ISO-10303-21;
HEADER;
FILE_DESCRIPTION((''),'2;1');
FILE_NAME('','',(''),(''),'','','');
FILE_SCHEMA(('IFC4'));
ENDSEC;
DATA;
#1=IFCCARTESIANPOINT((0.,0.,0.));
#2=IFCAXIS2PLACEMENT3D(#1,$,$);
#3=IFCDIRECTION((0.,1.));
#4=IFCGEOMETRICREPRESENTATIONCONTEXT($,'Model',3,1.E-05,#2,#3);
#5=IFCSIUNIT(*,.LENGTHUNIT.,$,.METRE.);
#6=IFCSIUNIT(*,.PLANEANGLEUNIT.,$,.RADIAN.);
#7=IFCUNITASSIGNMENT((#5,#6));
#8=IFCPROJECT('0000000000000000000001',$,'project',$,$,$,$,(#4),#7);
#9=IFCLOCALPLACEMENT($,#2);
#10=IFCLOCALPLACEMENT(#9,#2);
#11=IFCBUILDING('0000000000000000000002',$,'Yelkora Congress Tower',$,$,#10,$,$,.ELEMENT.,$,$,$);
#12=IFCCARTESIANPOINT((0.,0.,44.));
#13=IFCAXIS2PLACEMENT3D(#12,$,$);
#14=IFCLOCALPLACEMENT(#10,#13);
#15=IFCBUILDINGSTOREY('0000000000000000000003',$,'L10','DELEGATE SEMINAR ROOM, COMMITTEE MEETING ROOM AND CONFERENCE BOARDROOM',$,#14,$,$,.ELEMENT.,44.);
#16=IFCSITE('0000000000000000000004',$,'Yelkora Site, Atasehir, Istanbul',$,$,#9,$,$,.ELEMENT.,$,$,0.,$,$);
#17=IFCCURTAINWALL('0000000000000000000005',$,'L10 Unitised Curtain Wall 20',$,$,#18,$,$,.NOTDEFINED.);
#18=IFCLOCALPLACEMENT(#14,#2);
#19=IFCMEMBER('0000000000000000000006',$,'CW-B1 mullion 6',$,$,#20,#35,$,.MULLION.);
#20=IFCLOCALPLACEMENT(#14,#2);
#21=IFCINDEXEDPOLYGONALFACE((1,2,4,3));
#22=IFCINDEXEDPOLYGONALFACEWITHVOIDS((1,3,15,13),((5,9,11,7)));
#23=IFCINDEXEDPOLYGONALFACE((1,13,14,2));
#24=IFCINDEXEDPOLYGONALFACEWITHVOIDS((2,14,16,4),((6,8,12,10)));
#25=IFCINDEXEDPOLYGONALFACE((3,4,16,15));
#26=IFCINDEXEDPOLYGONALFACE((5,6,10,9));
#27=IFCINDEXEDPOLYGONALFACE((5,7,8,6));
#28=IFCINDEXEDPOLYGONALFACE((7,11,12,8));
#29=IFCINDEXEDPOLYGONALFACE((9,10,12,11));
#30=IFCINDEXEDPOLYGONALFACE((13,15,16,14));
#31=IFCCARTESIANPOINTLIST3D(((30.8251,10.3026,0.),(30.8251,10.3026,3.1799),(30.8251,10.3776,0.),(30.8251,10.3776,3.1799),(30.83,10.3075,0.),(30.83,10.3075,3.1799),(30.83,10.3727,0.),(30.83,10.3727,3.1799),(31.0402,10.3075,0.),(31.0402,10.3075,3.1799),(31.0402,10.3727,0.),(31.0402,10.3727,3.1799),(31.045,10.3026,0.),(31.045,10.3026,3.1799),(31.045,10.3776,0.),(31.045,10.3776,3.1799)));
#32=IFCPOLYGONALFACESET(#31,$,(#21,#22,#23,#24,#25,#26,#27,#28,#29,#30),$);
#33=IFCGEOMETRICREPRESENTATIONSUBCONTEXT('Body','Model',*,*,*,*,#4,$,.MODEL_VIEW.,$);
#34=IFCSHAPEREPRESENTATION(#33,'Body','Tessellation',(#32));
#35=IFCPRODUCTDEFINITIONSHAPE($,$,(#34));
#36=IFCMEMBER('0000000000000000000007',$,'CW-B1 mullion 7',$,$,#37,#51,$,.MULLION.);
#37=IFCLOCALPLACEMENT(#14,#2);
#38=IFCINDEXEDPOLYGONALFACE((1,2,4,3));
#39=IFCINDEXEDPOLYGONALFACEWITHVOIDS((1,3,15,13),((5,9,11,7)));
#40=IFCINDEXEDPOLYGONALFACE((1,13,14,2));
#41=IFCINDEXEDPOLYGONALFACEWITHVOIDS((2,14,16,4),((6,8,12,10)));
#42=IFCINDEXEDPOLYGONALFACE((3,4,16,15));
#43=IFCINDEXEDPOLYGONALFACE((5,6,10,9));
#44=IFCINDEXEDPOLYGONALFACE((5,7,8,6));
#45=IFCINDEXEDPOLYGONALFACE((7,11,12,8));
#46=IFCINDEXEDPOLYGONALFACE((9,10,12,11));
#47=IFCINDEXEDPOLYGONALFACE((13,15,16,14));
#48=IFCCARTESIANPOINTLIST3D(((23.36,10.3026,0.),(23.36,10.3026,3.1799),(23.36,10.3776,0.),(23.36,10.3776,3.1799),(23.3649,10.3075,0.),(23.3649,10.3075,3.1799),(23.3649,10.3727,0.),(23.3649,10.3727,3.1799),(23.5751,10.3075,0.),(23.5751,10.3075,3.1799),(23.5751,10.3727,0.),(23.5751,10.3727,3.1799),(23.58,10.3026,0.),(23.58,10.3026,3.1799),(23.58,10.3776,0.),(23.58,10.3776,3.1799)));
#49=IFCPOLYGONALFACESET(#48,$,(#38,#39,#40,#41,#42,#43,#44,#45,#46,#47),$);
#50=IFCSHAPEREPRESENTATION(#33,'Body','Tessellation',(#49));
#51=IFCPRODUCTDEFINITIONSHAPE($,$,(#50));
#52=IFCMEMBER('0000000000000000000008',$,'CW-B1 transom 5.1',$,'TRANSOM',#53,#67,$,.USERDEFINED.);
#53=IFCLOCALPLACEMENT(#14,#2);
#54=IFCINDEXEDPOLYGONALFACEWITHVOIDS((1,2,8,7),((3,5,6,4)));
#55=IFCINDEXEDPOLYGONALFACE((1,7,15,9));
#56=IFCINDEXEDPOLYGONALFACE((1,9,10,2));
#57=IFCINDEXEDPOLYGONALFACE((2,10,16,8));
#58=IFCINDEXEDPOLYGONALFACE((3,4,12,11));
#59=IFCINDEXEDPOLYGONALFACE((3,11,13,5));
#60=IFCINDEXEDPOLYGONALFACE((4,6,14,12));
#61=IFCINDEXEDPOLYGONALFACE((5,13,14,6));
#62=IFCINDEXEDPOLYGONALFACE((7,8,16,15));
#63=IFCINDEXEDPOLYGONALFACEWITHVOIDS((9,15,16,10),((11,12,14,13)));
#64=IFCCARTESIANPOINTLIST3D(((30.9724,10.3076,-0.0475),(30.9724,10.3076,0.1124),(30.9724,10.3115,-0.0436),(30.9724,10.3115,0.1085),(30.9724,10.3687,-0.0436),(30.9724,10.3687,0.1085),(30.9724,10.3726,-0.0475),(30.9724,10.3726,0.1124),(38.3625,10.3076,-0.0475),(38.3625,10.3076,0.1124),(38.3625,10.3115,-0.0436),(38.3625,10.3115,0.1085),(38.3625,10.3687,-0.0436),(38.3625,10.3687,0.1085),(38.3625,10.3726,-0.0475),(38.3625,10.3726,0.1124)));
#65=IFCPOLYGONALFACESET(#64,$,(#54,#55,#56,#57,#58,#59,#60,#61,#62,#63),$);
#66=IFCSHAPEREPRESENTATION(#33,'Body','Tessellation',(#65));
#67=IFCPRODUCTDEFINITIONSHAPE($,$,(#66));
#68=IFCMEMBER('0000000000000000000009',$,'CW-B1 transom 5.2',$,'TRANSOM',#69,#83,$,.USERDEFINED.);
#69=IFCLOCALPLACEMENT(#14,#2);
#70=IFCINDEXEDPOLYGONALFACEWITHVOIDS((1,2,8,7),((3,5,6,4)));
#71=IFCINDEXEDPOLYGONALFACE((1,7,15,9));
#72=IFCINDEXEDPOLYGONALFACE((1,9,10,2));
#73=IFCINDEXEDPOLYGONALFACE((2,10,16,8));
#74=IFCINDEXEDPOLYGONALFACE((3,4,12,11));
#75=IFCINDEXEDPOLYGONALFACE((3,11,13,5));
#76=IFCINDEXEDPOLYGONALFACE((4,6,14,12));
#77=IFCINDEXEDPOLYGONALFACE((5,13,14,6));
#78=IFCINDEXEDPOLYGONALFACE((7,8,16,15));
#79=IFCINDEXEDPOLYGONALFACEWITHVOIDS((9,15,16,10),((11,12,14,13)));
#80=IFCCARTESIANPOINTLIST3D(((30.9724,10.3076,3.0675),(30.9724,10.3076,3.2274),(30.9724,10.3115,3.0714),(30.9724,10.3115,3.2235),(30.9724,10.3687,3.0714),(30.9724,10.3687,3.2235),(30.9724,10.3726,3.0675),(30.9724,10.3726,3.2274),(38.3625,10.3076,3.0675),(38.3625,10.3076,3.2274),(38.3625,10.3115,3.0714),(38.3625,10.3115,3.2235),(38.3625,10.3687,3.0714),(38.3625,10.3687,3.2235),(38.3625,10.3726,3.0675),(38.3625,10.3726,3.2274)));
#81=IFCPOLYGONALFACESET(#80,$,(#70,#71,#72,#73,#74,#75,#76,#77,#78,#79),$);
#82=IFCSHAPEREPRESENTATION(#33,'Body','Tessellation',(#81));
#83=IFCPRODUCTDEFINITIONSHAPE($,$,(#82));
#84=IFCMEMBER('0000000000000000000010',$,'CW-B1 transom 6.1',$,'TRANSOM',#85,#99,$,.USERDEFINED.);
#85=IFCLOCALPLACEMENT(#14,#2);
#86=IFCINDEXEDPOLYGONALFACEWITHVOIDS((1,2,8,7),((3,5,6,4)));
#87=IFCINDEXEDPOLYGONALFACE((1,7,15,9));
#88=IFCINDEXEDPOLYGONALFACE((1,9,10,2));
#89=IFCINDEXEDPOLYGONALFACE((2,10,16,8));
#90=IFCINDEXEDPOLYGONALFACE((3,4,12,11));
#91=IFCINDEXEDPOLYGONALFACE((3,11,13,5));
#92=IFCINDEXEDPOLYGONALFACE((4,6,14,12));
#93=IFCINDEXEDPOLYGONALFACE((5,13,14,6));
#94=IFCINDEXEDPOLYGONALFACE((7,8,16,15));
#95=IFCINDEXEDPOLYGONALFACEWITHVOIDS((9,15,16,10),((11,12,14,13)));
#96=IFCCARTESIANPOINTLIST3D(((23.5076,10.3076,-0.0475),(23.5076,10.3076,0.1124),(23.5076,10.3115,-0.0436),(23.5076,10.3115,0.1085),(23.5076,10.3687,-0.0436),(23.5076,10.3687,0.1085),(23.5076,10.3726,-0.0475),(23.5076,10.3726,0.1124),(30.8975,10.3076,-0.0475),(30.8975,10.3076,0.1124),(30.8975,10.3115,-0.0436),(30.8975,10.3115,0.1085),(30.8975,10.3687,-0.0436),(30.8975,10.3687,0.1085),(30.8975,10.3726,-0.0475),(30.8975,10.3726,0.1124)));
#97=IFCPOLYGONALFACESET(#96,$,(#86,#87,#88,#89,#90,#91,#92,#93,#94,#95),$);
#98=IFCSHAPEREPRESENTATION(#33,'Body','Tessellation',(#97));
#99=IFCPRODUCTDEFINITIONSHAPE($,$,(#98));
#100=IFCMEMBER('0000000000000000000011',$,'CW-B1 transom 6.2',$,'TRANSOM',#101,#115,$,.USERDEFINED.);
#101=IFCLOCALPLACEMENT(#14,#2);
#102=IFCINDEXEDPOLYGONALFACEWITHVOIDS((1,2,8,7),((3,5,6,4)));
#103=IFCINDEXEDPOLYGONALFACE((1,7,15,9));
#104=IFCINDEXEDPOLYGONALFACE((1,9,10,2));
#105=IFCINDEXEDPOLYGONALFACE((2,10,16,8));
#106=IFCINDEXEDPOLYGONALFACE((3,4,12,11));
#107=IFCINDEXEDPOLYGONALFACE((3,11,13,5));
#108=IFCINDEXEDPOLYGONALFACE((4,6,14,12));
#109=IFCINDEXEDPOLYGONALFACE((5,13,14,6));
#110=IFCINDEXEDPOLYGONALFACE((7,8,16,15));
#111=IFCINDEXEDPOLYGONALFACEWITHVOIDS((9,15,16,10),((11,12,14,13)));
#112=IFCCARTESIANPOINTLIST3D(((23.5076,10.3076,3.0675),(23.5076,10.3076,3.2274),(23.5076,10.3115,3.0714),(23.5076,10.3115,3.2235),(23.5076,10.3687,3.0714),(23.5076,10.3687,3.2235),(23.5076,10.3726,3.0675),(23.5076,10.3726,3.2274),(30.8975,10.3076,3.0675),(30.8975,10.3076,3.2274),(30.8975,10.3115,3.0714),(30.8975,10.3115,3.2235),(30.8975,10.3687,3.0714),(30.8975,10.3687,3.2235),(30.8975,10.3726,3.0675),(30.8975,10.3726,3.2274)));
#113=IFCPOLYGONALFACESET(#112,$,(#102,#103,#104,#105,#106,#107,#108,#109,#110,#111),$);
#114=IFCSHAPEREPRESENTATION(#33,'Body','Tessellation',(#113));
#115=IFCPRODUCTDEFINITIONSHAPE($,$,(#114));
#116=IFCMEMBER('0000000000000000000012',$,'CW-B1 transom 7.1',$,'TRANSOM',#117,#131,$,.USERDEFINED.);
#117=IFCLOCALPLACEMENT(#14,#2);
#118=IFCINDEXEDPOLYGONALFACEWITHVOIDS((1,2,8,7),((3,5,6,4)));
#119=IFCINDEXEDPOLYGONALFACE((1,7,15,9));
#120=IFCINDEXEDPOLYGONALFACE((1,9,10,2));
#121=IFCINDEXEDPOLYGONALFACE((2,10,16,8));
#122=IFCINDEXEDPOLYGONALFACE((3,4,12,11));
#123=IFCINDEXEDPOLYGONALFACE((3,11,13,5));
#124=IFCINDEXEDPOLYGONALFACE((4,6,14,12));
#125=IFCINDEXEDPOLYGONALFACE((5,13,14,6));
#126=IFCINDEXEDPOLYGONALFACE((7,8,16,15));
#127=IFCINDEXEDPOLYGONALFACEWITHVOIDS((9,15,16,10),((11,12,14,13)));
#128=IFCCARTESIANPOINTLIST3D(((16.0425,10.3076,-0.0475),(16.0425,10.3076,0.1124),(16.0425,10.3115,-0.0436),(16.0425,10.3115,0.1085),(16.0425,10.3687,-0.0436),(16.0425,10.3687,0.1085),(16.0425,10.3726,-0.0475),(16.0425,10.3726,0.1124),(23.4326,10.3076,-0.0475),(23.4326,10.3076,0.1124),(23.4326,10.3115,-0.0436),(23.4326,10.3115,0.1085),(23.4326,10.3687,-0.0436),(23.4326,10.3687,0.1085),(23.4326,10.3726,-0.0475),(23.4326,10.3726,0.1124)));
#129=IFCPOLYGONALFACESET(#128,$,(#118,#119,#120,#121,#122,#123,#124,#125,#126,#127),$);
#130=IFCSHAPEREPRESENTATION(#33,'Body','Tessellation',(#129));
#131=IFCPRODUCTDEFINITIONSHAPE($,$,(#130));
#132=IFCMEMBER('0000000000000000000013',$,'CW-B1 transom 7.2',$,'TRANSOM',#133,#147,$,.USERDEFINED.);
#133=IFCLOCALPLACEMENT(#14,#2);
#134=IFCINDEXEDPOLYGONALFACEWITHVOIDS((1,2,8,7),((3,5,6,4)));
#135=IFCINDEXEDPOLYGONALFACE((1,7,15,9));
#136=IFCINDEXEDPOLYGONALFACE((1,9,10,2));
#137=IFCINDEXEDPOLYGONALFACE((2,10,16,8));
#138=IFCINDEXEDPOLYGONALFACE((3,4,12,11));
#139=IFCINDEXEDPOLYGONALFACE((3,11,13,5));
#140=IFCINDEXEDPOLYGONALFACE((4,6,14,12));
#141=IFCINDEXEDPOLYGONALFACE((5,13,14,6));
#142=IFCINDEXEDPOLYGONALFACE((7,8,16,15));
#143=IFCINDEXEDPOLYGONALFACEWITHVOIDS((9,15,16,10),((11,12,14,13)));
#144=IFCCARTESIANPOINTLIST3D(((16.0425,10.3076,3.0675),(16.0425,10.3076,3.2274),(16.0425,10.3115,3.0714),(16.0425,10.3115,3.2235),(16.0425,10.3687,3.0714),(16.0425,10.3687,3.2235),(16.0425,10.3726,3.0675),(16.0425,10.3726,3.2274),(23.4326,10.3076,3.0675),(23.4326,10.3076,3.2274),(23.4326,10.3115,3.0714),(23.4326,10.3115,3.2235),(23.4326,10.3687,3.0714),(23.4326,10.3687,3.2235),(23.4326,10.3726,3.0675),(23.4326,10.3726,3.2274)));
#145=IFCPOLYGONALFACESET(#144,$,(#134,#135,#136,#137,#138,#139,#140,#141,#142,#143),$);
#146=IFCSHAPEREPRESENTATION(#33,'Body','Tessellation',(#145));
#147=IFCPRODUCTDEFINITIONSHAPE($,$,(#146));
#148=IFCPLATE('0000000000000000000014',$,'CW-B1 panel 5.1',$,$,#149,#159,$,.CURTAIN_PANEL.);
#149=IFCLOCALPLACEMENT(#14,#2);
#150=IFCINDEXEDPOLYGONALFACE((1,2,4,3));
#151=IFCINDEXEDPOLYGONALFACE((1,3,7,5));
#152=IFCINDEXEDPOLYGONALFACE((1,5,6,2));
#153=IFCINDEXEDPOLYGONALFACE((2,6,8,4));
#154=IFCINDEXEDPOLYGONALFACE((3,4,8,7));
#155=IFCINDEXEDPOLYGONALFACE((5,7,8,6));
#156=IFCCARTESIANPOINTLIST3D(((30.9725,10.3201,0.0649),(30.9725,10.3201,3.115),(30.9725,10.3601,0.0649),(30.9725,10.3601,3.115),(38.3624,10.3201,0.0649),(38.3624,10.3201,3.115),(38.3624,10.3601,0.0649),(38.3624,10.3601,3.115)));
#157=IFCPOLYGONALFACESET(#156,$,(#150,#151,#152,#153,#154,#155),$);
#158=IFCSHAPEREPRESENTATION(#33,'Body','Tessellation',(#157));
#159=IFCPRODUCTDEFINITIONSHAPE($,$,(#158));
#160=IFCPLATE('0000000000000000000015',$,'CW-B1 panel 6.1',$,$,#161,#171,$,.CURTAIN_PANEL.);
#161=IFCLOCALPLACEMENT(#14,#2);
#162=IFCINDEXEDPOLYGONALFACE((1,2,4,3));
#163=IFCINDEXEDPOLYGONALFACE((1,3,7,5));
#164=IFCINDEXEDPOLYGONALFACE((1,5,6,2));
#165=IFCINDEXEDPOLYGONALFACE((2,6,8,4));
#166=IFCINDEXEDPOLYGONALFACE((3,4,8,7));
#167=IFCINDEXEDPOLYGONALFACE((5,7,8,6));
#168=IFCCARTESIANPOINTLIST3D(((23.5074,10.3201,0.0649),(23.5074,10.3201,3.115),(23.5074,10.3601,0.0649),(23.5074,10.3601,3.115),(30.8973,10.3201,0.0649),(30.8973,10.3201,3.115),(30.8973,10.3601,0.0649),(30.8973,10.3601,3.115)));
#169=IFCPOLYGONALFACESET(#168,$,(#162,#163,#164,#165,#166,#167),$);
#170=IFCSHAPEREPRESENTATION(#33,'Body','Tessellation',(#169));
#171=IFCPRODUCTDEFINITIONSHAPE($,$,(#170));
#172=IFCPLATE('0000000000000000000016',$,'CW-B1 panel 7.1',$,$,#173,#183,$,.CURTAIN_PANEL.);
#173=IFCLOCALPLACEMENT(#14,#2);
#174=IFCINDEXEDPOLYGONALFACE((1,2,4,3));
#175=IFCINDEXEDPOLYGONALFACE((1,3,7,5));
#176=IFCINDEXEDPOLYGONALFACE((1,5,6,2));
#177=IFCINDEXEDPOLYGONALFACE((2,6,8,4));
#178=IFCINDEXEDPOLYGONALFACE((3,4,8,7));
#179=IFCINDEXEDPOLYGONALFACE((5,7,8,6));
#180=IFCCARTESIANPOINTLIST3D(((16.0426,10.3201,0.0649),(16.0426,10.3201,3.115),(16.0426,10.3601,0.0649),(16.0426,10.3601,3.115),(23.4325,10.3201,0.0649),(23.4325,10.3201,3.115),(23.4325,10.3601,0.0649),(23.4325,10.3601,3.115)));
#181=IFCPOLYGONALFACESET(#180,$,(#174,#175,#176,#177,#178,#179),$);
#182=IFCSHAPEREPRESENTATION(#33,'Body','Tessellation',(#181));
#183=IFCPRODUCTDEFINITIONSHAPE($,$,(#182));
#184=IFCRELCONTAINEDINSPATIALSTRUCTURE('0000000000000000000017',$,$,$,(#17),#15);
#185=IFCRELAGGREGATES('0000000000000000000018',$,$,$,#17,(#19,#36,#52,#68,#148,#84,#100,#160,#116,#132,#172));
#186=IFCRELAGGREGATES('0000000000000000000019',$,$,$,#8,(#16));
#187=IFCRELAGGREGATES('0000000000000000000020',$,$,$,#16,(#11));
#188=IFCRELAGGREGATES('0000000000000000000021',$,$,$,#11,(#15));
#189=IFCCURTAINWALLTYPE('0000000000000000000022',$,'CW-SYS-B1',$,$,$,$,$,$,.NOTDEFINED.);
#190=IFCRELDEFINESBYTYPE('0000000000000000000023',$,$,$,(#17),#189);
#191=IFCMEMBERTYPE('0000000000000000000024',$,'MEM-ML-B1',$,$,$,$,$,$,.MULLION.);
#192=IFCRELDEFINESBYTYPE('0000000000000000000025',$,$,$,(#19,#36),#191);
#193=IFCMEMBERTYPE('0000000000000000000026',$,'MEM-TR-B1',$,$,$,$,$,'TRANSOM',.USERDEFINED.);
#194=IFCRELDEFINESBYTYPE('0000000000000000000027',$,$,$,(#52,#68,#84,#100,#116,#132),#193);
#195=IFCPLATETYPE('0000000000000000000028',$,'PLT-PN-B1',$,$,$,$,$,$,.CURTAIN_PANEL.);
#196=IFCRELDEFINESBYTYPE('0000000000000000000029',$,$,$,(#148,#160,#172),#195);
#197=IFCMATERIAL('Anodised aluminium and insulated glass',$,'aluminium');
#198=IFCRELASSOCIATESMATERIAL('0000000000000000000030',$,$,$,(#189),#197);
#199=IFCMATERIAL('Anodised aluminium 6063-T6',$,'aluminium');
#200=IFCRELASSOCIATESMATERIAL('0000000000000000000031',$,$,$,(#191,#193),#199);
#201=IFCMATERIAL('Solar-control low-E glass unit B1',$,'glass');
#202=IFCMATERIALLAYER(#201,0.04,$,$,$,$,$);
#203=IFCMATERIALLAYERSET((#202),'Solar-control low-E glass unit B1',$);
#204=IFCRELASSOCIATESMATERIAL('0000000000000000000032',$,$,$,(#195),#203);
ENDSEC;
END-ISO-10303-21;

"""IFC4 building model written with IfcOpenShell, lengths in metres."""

from ifc_helpers import new_model, si_unit, direction, frame, origin, origin_2d, place, context, subcontext, project, spatial, rectangle, hollow_rectangle, extrude, material, layer, layer_set, material_profile, profile_set, type_object, element, aggregate, save


model = new_model("IFC4")

# Units and contexts
model_context = context("Model", 3, precision=1e-05, world=origin(), true_north=direction((0.0, 1.0)))
body_context = subcontext(model_context, "Body", "Model", "MODEL_VIEW")
ifc_project = project(units=[si_unit("LENGTHUNIT", "METRE"), si_unit("PLANEANGLEUNIT", "RADIAN")], contexts=[model_context])

# Site, building, storey
site_placement = place(None, origin())
site = spatial("IfcSite", under=ifc_project, at=site_placement, Name="Yelkora Site, Atasehir, Istanbul", CompositionType="ELEMENT", RefElevation=0.0)
building_placement = place(site_placement, origin())
building = spatial("IfcBuilding", under=site, at=building_placement, Name="Yelkora Congress Tower", CompositionType="ELEMENT")
storey_placement = place(building_placement, frame((0.0, 0.0, 44.0)))
storey = spatial("IfcBuildingStorey", under=building, at=storey_placement, Name="L10", Description="DELEGATE SEMINAR ROOM, COMMITTEE MEETING ROOM AND CONFERENCE BOARDROOM", CompositionType="ELEMENT", Elevation=44.0)

# Curtain wall, members, plates
ifc_material_1 = material(Name="Anodised aluminium and insulated glass", Category="aluminium")
curtain_wall_type = type_object("IfcCurtainWallType", Name="CW-SYS-B1", PredefinedType="NOTDEFINED", material=ifc_material_1)
curtain_wall_placement = place(storey_placement, origin())
curtain_wall = element("IfcCurtainWall", 1, at=curtain_wall_placement, inside=storey, type_object=curtain_wall_type, Name="L10 Unitised Curtain Wall 20", PredefinedType="NOTDEFINED")
ifc_material_2 = material(Name="Anodised aluminium 6063-T6", Category="aluminium")
ifc_material_profile_1 = material_profile(ifc_material_2, hollow_rectangle(XDim=0.075, YDim=0.22, WallThickness=0.0049, at=origin_2d()), Name="ALU 75x220x5")
ifc_profile_set_1 = profile_set([ifc_material_profile_1], Name="Anodised aluminium 6063-T6")
member_type_1 = type_object("IfcMemberType", Name="MEM-ML-B1", PredefinedType="MULLION", material=ifc_profile_set_1)
member_1_placement = place(storey_placement, frame((30.9351, 10.3401, 0.0), z_axis=(0.0, 0.0, 1.0), x_axis=(0.0, -1.0, 0.0)))
member_1 = element("IfcMember", 2, at=member_1_placement, type_object=member_type_1, Name="CW-B1 mullion 6", PredefinedType="MULLION", context=body_context, shape_type="SweptSolid", body=[
    extrude(hollow_rectangle(XDim=0.075, YDim=0.22, WallThickness=0.0049, at=origin_2d()), origin(), (0.0, 0.0, 1.0), 3.1799),
])
member_2_placement = place(storey_placement, frame((23.47, 10.3401, 0.0), z_axis=(0.0, 0.0, 1.0), x_axis=(0.0, -1.0, 0.0)))
member_2 = element("IfcMember", 3, at=member_2_placement, type_object=member_type_1, Name="CW-B1 mullion 7", PredefinedType="MULLION", context=body_context, shape_type="SweptSolid", body=[
    extrude(hollow_rectangle(XDim=0.075, YDim=0.22, WallThickness=0.0049, at=origin_2d()), origin(), (0.0, 0.0, 1.0), 3.1799),
])
ifc_material_profile_2 = material_profile(ifc_material_2, hollow_rectangle(XDim=0.0649, YDim=0.1599, WallThickness=0.0039, at=origin_2d()), Name="ALU 65x160x4")
ifc_profile_set_2 = profile_set([ifc_material_profile_2], Name="Anodised aluminium 6063-T6")
member_type_2 = type_object("IfcMemberType", Name="MEM-TR-B1", ElementType="TRANSOM", PredefinedType="USERDEFINED", material=ifc_profile_set_2)
member_3_placement = place(storey_placement, frame((38.3625, 10.3401, 0.0325), z_axis=(-1.0, 0.0, 0.0), x_axis=(0.0, -1.0, 0.0)))
member_3 = element("IfcMember", 4, at=member_3_placement, type_object=member_type_2, Name="CW-B1 transom 5.1", ObjectType="TRANSOM", PredefinedType="USERDEFINED", context=body_context, shape_type="SweptSolid", body=[
    extrude(hollow_rectangle(XDim=0.0649, YDim=0.1599, WallThickness=0.0039, at=origin_2d()), origin(), (0.0, 0.0, 1.0), 7.3901),
])
member_4_placement = place(storey_placement, frame((38.3625, 10.3401, 3.1475), z_axis=(-1.0, 0.0, 0.0), x_axis=(0.0, -1.0, 0.0)))
member_4 = element("IfcMember", 5, at=member_4_placement, type_object=member_type_2, Name="CW-B1 transom 5.2", ObjectType="TRANSOM", PredefinedType="USERDEFINED", context=body_context, shape_type="SweptSolid", body=[
    extrude(hollow_rectangle(XDim=0.0649, YDim=0.1599, WallThickness=0.0039, at=origin_2d()), origin(), (0.0, 0.0, 1.0), 7.3901),
])
member_5_placement = place(storey_placement, frame((30.8975, 10.3401, 0.0325), z_axis=(-1.0, 0.0, 0.0), x_axis=(0.0, -1.0, 0.0)))
member_5 = element("IfcMember", 6, at=member_5_placement, type_object=member_type_2, Name="CW-B1 transom 6.1", ObjectType="TRANSOM", PredefinedType="USERDEFINED", context=body_context, shape_type="SweptSolid", body=[
    extrude(hollow_rectangle(XDim=0.0649, YDim=0.1599, WallThickness=0.0039, at=origin_2d()), origin(), (0.0, 0.0, 1.0), 7.3899),
])
member_6_placement = place(storey_placement, frame((30.8975, 10.3401, 3.1475), z_axis=(-1.0, 0.0, 0.0), x_axis=(0.0, -1.0, 0.0)))
member_6 = element("IfcMember", 7, at=member_6_placement, type_object=member_type_2, Name="CW-B1 transom 6.2", ObjectType="TRANSOM", PredefinedType="USERDEFINED", context=body_context, shape_type="SweptSolid", body=[
    extrude(hollow_rectangle(XDim=0.0649, YDim=0.1599, WallThickness=0.0039, at=origin_2d()), origin(), (0.0, 0.0, 1.0), 7.3899),
])
member_7_placement = place(storey_placement, frame((23.4326, 10.3401, 0.0325), z_axis=(-1.0, 0.0, 0.0), x_axis=(0.0, -1.0, 0.0)))
member_7 = element("IfcMember", 8, at=member_7_placement, type_object=member_type_2, Name="CW-B1 transom 7.1", ObjectType="TRANSOM", PredefinedType="USERDEFINED", context=body_context, shape_type="SweptSolid", body=[
    extrude(hollow_rectangle(XDim=0.0649, YDim=0.1599, WallThickness=0.0039, at=origin_2d()), origin(), (0.0, 0.0, 1.0), 7.3901),
])
member_8_placement = place(storey_placement, frame((23.4326, 10.3401, 3.1475), z_axis=(-1.0, 0.0, 0.0), x_axis=(0.0, -1.0, 0.0)))
member_8 = element("IfcMember", 9, at=member_8_placement, type_object=member_type_2, Name="CW-B1 transom 7.2", ObjectType="TRANSOM", PredefinedType="USERDEFINED", context=body_context, shape_type="SweptSolid", body=[
    extrude(hollow_rectangle(XDim=0.0649, YDim=0.1599, WallThickness=0.0039, at=origin_2d()), origin(), (0.0, 0.0, 1.0), 7.3901),
])
ifc_material_3 = material(Name="Solar-control low-E glass unit B1", Category="glass")
ifc_layer_1 = layer(ifc_material_3, 0.04)
ifc_layer_set_1 = layer_set([ifc_layer_1], Name="Solar-control low-E glass unit B1")
plate_type = type_object("IfcPlateType", Name="PLT-PN-B1", PredefinedType="CURTAIN_PANEL", material=ifc_layer_set_1)
plate_1_placement = place(storey_placement, frame((34.6675, 10.3401, 0.0649), z_axis=(0.0, 0.0, 1.0), x_axis=(-1.0, 0.0, 0.0)))
plate_1 = element("IfcPlate", 10, at=plate_1_placement, type_object=plate_type, Name="CW-B1 panel 5.1", PredefinedType="CURTAIN_PANEL", context=body_context, shape_type="SweptSolid", body=[
    extrude(rectangle(XDim=7.3899, YDim=0.04, at=origin_2d()), origin(), (0.0, 0.0, 1.0), 3.05),
])
plate_2_placement = place(storey_placement, frame((27.2024, 10.3401, 0.0649), z_axis=(0.0, 0.0, 1.0), x_axis=(-1.0, 0.0, 0.0)))
plate_2 = element("IfcPlate", 11, at=plate_2_placement, type_object=plate_type, Name="CW-B1 panel 6.1", PredefinedType="CURTAIN_PANEL", context=body_context, shape_type="SweptSolid", body=[
    extrude(rectangle(XDim=7.3899, YDim=0.04, at=origin_2d()), origin(), (0.0, 0.0, 1.0), 3.05),
])
plate_3_placement = place(storey_placement, frame((19.7375, 10.3401, 0.0649), z_axis=(0.0, 0.0, 1.0), x_axis=(-1.0, 0.0, 0.0)))
plate_3 = element("IfcPlate", 12, at=plate_3_placement, type_object=plate_type, Name="CW-B1 panel 7.1", PredefinedType="CURTAIN_PANEL", context=body_context, shape_type="SweptSolid", body=[
    extrude(rectangle(XDim=7.3899, YDim=0.04, at=origin_2d()), origin(), (0.0, 0.0, 1.0), 3.05),
])
aggregate(curtain_wall, [member_1, member_2, member_3, member_4, plate_1, member_5, member_6, plate_2, member_7, member_8, plate_3])

save(model, "model.ifc")
